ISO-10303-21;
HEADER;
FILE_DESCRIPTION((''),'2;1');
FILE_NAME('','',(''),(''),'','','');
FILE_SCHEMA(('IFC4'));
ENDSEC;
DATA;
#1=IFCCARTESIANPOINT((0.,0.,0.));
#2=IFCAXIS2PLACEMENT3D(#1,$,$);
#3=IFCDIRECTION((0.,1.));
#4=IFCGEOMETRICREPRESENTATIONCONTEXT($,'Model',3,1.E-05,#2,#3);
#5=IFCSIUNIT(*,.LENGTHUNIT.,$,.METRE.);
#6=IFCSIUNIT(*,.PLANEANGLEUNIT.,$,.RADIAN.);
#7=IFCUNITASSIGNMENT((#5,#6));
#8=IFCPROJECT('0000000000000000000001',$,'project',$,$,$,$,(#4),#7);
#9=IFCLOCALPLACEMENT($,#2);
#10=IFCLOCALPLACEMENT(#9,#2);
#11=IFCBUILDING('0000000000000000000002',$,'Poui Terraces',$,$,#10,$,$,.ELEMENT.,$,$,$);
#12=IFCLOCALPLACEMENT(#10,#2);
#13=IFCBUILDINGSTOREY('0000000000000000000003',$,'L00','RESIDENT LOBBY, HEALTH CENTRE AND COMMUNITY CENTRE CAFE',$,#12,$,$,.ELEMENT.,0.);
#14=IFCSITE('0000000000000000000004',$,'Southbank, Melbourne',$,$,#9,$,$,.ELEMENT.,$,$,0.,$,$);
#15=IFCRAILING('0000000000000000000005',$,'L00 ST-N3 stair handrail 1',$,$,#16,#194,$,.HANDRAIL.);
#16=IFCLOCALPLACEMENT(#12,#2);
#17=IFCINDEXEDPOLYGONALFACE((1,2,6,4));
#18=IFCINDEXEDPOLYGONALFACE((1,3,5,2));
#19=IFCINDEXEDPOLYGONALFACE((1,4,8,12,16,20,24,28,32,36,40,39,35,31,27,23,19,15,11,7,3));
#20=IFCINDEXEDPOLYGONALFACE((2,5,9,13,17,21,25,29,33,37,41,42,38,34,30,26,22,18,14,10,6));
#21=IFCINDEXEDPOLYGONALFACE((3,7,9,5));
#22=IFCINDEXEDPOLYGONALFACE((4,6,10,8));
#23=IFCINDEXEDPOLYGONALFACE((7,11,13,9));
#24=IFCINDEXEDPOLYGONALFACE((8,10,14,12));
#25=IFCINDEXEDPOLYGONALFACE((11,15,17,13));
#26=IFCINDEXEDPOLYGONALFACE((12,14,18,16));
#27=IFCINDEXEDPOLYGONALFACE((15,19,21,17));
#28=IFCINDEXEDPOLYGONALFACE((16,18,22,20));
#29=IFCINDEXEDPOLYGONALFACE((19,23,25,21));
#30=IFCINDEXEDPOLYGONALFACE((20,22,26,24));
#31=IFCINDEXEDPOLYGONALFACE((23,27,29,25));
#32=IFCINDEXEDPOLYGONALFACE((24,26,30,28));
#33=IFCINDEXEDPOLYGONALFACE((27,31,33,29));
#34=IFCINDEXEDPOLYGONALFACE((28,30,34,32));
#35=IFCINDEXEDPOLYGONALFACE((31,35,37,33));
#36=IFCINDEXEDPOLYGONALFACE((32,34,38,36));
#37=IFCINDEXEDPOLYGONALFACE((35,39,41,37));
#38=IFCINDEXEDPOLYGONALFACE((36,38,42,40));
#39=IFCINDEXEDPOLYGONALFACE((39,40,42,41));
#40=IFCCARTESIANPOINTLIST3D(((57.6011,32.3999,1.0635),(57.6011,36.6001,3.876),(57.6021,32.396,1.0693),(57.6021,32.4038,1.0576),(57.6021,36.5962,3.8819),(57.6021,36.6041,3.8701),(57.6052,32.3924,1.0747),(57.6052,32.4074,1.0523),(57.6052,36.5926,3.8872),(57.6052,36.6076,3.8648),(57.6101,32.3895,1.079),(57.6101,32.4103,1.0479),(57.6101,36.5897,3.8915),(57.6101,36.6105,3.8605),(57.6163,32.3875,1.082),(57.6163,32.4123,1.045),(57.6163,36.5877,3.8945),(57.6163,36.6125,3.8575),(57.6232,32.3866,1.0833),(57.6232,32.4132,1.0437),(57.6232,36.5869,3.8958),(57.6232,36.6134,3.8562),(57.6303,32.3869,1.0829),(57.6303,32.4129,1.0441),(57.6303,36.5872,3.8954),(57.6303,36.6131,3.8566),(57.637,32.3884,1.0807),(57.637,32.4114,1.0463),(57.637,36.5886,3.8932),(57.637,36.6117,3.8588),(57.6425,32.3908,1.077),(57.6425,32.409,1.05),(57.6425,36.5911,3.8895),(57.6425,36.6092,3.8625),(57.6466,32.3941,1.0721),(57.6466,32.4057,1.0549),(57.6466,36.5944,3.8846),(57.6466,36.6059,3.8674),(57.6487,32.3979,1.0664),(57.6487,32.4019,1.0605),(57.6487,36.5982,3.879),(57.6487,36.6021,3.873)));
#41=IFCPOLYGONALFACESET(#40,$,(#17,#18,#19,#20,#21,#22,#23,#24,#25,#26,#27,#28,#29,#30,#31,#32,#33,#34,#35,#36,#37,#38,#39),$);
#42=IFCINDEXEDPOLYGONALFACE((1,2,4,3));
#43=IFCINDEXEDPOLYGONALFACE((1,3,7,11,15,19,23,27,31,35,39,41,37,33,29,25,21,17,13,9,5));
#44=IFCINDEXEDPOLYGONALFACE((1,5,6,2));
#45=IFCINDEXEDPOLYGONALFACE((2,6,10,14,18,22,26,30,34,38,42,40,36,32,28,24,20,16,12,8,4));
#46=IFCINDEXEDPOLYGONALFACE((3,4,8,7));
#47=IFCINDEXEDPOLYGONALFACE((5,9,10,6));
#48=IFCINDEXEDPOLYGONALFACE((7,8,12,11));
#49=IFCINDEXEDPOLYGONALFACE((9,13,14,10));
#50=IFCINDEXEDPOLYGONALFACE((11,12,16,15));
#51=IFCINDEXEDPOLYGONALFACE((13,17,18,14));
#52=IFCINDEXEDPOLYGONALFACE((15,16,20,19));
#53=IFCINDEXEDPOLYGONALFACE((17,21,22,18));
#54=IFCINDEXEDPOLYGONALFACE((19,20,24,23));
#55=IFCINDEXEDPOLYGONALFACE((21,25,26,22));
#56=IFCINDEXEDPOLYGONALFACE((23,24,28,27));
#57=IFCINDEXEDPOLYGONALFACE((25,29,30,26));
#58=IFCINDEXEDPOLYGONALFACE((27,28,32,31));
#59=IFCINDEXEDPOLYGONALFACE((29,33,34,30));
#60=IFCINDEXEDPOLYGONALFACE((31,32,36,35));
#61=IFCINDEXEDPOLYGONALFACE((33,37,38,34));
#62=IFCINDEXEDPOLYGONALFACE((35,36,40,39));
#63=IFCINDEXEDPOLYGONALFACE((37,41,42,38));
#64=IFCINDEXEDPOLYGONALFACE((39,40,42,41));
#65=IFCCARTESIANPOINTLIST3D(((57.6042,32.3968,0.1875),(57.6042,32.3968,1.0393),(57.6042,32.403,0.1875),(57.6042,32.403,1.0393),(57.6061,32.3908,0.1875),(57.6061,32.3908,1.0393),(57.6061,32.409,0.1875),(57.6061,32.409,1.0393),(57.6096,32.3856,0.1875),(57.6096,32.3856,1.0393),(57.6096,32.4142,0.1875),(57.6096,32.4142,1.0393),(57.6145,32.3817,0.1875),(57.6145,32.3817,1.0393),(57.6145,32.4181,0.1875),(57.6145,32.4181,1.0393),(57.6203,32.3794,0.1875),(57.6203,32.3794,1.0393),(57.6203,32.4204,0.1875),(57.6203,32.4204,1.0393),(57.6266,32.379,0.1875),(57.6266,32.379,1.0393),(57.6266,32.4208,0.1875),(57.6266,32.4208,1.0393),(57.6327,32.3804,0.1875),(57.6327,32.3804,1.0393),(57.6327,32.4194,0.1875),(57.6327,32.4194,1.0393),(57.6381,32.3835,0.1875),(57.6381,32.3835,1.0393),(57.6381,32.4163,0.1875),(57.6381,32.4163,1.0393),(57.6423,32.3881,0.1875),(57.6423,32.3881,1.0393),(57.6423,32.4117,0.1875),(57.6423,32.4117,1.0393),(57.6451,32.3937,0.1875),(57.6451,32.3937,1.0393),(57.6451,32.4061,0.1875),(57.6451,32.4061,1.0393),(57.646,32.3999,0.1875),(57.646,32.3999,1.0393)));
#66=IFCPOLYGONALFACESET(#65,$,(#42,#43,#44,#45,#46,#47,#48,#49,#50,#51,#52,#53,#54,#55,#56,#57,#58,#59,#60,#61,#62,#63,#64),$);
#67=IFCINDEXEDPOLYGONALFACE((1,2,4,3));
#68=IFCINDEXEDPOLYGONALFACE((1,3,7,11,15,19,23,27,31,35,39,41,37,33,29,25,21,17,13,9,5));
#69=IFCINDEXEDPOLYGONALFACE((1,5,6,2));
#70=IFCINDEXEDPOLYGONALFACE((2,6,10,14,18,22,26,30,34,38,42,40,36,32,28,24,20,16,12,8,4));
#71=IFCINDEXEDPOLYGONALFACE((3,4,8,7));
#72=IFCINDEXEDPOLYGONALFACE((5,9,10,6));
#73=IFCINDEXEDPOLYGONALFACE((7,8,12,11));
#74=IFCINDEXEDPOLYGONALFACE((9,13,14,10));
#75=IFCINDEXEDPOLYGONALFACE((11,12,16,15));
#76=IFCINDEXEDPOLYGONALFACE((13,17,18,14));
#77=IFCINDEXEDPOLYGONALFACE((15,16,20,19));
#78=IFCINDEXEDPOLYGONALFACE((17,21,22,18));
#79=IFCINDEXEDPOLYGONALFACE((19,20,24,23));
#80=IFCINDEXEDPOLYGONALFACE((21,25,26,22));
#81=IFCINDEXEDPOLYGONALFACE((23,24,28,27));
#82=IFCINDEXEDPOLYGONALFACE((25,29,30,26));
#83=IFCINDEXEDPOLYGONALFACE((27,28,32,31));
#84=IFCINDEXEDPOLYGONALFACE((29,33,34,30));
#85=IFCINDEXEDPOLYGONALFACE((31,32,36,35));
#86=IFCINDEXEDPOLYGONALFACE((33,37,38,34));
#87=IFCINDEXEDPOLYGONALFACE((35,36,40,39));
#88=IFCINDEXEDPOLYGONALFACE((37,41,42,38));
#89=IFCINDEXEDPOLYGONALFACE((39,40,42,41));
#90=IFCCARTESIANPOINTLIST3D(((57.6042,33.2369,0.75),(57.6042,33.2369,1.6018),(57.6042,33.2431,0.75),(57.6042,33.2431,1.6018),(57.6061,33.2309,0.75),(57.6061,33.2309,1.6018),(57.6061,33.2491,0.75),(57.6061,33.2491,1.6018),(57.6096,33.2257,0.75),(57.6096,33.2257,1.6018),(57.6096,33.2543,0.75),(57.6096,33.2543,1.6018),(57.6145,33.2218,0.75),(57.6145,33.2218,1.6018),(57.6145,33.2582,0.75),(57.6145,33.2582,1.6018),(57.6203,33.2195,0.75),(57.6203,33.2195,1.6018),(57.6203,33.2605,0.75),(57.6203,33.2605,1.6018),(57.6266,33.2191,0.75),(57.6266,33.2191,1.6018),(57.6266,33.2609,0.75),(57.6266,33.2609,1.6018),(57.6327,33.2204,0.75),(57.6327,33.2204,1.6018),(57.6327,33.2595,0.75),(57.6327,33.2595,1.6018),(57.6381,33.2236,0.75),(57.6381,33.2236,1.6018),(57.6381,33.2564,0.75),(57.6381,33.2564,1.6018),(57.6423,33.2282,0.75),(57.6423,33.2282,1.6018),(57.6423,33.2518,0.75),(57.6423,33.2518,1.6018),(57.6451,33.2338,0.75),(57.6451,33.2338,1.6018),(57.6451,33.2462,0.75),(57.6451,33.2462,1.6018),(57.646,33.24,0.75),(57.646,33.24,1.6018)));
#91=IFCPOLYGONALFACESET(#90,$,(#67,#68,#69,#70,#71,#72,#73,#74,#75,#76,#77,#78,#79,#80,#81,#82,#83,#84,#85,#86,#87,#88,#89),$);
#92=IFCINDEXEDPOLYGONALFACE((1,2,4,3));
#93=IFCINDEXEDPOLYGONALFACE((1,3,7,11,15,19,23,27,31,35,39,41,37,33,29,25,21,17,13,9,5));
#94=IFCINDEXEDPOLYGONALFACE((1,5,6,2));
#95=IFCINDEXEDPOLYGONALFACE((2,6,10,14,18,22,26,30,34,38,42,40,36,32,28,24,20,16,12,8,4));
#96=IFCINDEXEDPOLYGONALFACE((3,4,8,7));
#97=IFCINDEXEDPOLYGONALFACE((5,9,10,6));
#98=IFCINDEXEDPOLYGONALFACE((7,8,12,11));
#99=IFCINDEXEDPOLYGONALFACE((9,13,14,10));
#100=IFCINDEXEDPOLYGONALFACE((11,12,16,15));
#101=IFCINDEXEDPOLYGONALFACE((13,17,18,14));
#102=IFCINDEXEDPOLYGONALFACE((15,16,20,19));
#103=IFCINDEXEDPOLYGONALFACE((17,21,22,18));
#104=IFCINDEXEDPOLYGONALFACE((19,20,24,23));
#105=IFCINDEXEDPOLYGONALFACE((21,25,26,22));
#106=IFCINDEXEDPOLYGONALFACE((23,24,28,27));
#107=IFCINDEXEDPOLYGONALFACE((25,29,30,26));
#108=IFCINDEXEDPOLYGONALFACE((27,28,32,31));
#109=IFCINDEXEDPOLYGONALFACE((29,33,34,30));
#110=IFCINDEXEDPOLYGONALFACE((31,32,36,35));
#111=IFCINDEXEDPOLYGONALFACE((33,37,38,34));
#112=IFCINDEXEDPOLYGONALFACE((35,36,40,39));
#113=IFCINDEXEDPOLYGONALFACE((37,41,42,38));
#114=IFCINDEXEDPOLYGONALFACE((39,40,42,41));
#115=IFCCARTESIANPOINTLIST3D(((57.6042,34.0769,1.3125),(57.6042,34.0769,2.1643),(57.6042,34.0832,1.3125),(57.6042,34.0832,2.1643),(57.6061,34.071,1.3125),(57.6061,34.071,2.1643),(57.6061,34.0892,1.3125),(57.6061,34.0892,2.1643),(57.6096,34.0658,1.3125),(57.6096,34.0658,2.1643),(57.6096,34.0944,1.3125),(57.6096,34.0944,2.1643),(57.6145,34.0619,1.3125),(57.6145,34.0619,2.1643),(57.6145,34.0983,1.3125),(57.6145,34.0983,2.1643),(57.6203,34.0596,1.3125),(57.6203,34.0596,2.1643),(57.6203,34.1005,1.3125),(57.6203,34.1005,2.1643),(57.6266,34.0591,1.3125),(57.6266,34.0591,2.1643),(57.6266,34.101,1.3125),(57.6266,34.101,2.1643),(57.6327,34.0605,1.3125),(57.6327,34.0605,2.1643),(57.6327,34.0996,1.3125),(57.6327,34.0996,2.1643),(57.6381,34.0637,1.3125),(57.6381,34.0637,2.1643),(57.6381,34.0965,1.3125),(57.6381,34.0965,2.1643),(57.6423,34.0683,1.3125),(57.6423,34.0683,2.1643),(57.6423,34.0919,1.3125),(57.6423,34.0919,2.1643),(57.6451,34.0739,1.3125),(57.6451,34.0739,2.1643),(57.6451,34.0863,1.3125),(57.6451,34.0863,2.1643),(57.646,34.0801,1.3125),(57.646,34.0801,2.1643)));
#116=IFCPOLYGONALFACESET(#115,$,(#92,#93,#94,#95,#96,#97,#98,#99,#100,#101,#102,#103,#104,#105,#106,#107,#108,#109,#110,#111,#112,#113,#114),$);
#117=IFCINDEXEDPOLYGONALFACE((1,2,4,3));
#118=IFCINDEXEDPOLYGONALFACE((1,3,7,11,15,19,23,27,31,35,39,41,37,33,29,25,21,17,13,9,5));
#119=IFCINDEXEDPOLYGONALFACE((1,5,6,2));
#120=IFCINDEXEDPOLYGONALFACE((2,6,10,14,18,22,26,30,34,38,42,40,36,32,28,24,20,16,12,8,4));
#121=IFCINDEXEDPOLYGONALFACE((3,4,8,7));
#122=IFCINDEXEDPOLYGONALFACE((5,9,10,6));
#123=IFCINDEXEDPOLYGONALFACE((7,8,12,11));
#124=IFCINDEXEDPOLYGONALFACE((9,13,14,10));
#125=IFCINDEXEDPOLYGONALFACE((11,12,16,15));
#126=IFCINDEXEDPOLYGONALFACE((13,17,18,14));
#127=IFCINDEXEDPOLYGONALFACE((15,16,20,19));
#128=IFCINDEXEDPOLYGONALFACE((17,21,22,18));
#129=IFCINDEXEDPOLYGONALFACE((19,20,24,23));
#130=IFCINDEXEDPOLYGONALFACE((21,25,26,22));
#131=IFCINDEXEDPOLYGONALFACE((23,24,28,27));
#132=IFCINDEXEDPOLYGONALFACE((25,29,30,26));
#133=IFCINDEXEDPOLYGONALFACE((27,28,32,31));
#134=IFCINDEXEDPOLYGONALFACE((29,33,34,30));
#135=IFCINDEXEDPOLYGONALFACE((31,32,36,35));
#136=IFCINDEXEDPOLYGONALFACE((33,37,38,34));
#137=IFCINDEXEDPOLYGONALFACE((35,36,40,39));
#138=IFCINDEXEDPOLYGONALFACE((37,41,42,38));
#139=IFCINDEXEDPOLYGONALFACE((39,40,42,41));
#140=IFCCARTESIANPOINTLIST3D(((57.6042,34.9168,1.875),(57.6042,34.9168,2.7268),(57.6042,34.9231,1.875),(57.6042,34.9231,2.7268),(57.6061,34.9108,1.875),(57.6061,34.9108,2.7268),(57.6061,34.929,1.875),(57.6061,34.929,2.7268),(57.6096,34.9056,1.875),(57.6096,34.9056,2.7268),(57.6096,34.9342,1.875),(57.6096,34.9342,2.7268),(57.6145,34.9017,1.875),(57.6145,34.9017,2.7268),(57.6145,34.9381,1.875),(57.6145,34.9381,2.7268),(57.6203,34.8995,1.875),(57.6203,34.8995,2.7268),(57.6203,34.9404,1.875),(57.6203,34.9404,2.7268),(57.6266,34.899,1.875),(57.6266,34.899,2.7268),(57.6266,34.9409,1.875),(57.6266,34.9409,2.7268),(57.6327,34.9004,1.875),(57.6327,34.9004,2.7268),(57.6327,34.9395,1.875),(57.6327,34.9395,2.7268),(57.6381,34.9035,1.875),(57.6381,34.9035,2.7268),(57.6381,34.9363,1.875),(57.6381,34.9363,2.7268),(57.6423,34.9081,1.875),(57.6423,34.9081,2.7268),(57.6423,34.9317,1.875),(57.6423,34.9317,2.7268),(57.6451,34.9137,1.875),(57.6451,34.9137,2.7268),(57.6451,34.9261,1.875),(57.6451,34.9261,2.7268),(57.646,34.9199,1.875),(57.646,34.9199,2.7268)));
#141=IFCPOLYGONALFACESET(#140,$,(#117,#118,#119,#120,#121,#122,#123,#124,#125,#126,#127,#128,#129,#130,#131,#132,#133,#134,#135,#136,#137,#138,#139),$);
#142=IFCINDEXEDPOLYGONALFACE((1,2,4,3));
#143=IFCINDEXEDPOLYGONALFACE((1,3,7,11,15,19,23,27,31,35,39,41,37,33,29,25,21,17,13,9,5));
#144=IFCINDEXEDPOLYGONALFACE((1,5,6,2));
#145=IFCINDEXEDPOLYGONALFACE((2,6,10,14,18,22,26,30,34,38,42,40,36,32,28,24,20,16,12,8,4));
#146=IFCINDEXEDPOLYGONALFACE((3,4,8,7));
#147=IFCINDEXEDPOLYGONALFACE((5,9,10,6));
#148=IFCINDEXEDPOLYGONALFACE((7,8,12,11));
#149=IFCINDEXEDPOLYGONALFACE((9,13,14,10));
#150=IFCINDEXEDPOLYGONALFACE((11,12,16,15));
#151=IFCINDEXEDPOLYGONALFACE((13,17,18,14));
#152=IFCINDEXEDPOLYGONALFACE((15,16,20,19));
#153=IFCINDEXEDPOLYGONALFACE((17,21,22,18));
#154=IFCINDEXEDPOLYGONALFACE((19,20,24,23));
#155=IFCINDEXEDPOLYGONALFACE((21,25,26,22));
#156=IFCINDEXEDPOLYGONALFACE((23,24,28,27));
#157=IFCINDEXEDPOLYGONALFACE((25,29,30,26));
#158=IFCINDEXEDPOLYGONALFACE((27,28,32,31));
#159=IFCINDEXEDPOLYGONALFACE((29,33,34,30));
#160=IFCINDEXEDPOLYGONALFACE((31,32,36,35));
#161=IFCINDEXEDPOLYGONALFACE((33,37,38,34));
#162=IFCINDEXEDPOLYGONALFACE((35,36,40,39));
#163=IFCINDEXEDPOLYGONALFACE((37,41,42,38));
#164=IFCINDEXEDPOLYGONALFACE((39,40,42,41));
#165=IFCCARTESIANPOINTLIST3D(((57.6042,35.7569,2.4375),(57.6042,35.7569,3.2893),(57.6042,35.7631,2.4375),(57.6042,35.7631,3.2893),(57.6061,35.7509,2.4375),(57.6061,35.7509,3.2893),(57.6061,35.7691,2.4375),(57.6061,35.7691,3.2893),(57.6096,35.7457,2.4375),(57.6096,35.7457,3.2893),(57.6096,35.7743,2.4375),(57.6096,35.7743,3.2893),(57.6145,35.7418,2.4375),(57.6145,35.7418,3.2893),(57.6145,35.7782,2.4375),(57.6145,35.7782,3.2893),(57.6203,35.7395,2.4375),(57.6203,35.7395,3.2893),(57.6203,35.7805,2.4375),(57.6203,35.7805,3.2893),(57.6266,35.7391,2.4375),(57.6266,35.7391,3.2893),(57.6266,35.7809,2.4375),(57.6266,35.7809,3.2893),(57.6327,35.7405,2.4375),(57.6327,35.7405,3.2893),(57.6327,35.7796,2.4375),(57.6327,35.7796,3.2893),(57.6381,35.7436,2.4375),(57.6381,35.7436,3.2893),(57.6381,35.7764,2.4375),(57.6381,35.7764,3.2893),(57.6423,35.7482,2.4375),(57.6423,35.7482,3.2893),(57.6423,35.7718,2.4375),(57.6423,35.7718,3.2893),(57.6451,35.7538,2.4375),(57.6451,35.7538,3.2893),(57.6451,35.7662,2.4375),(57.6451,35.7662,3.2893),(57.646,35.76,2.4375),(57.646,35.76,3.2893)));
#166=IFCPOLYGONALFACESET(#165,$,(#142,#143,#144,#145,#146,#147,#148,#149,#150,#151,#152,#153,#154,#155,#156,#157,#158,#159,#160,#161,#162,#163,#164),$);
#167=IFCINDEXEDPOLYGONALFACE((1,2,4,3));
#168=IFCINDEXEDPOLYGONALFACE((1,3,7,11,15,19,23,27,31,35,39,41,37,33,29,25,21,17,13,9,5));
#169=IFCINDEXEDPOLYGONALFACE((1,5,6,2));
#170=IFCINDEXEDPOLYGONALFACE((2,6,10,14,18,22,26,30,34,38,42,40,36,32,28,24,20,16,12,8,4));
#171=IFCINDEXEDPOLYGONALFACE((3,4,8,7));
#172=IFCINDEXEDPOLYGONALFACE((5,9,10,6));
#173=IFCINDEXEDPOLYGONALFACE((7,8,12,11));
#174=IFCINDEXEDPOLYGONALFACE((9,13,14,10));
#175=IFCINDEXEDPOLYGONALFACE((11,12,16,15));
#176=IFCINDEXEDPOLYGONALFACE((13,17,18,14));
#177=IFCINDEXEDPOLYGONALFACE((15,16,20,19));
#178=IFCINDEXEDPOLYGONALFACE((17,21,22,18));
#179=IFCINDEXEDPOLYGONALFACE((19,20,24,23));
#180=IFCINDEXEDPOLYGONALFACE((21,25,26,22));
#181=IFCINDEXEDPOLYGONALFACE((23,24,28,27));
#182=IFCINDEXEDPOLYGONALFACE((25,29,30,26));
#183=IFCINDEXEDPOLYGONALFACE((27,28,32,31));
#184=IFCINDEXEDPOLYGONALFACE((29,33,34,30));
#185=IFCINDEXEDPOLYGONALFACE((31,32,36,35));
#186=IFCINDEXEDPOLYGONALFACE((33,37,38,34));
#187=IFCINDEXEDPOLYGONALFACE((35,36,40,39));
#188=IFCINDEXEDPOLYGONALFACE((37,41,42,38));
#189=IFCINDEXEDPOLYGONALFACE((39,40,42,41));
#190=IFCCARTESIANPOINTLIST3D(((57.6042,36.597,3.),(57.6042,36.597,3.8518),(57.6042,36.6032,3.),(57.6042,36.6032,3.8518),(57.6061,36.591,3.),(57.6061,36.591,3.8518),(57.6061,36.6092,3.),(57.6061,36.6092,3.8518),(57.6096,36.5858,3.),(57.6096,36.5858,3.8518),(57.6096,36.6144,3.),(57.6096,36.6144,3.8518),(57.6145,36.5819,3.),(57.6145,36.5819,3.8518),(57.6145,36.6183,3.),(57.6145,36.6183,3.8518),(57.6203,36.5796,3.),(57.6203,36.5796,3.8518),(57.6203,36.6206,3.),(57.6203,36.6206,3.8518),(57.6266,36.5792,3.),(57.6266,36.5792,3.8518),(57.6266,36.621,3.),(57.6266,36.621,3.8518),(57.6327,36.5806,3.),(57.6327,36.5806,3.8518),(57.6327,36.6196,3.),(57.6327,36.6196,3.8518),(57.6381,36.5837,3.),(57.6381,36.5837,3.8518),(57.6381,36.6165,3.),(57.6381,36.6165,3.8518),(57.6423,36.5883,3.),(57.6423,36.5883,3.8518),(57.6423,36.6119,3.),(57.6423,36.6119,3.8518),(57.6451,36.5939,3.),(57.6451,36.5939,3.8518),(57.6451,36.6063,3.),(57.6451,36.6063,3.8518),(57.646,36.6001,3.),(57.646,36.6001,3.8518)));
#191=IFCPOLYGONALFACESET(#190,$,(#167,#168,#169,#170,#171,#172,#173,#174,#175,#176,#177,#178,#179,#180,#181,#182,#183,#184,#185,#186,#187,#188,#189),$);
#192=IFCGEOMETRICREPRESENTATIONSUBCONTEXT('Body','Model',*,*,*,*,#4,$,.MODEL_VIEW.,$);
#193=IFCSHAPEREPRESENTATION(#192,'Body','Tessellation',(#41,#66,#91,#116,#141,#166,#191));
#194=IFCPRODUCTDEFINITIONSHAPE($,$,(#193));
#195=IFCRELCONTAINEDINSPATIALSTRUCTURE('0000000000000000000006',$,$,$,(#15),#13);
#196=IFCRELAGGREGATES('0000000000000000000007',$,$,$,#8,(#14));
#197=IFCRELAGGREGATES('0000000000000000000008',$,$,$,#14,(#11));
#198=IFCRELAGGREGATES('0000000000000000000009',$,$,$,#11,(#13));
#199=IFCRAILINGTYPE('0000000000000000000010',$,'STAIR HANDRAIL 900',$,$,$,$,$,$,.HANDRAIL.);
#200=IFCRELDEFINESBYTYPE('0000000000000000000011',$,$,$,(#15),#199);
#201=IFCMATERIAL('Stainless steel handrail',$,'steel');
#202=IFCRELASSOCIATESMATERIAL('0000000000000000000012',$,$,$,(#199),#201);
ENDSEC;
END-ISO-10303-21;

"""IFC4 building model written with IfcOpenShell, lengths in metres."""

from ifc_helpers import new_model, si_unit, direction, frame, origin, origin_2d, place, context, subcontext, project, spatial, circle, extrude, material, type_object, element, save


model = new_model("IFC4")

# Units and contexts
model_context = context("Model", 3, precision=1e-05, world=origin(), true_north=direction((0.0, 1.0)))
body_context = subcontext(model_context, "Body", "Model", "MODEL_VIEW")
ifc_project = project(units=[si_unit("LENGTHUNIT", "METRE"), si_unit("PLANEANGLEUNIT", "RADIAN")], contexts=[model_context])

# Site, building, storey
site_placement = place(None, origin())
site = spatial("IfcSite", under=ifc_project, at=site_placement, Name="Southbank, Melbourne", CompositionType="ELEMENT", RefElevation=0.0)
building_placement = place(site_placement, origin())
building = spatial("IfcBuilding", under=site, at=building_placement, Name="Poui Terraces", CompositionType="ELEMENT")
storey_placement = place(building_placement, origin())
storey = spatial("IfcBuildingStorey", under=building, at=storey_placement, Name="L00", Description="RESIDENT LOBBY, HEALTH CENTRE AND COMMUNITY CENTRE CAFE", CompositionType="ELEMENT", Elevation=0.0)

# Railing
ifc_material_1 = material(Name="Stainless steel handrail", Category="steel")
railing_type_1 = type_object("IfcRailingType", Name="STAIR HANDRAIL 900", PredefinedType="HANDRAIL", material=ifc_material_1)
railing_1_placement = place(storey_placement, frame((57.625, 32.3999, 0.1875)))
element("IfcRailing", 1, at=railing_1_placement, inside=storey, type_object=railing_type_1, Name="L00 ST-N3 stair handrail 1", PredefinedType="HANDRAIL", context=body_context, shape_type="SweptSolid", body=[
    extrude(circle(Radius=0.0239, at=origin_2d()), frame((0.0, 0.0, 0.876), z_axis=(0.0, 0.830919, 0.556393), x_axis=(-1.0, 0.0, 0.0)), (0.0, 0.0, 1.0), 5.0549),
    extrude(circle(Radius=0.021, at=origin_2d()), origin(), (0.0, 0.0, 1.0), 0.8518),
    extrude(circle(Radius=0.021, at=origin_2d()), frame((0.0, 0.8401, 0.5625)), (0.0, 0.0, 1.0), 0.8518),
    extrude(circle(Radius=0.021, at=origin_2d()), frame((0.0, 1.6802, 1.125)), (0.0, 0.0, 1.0), 0.8518),
    extrude(circle(Radius=0.021, at=origin_2d()), frame((0.0, 2.52, 1.6875)), (0.0, 0.0, 1.0), 0.8518),
    extrude(circle(Radius=0.021, at=origin_2d()), frame((0.0, 3.3601, 2.25)), (0.0, 0.0, 1.0), 0.8518),
    extrude(circle(Radius=0.021, at=origin_2d()), frame((0.0, 4.2002, 2.8125)), (0.0, 0.0, 1.0), 0.8518),
])

save(model, "model.ifc")
